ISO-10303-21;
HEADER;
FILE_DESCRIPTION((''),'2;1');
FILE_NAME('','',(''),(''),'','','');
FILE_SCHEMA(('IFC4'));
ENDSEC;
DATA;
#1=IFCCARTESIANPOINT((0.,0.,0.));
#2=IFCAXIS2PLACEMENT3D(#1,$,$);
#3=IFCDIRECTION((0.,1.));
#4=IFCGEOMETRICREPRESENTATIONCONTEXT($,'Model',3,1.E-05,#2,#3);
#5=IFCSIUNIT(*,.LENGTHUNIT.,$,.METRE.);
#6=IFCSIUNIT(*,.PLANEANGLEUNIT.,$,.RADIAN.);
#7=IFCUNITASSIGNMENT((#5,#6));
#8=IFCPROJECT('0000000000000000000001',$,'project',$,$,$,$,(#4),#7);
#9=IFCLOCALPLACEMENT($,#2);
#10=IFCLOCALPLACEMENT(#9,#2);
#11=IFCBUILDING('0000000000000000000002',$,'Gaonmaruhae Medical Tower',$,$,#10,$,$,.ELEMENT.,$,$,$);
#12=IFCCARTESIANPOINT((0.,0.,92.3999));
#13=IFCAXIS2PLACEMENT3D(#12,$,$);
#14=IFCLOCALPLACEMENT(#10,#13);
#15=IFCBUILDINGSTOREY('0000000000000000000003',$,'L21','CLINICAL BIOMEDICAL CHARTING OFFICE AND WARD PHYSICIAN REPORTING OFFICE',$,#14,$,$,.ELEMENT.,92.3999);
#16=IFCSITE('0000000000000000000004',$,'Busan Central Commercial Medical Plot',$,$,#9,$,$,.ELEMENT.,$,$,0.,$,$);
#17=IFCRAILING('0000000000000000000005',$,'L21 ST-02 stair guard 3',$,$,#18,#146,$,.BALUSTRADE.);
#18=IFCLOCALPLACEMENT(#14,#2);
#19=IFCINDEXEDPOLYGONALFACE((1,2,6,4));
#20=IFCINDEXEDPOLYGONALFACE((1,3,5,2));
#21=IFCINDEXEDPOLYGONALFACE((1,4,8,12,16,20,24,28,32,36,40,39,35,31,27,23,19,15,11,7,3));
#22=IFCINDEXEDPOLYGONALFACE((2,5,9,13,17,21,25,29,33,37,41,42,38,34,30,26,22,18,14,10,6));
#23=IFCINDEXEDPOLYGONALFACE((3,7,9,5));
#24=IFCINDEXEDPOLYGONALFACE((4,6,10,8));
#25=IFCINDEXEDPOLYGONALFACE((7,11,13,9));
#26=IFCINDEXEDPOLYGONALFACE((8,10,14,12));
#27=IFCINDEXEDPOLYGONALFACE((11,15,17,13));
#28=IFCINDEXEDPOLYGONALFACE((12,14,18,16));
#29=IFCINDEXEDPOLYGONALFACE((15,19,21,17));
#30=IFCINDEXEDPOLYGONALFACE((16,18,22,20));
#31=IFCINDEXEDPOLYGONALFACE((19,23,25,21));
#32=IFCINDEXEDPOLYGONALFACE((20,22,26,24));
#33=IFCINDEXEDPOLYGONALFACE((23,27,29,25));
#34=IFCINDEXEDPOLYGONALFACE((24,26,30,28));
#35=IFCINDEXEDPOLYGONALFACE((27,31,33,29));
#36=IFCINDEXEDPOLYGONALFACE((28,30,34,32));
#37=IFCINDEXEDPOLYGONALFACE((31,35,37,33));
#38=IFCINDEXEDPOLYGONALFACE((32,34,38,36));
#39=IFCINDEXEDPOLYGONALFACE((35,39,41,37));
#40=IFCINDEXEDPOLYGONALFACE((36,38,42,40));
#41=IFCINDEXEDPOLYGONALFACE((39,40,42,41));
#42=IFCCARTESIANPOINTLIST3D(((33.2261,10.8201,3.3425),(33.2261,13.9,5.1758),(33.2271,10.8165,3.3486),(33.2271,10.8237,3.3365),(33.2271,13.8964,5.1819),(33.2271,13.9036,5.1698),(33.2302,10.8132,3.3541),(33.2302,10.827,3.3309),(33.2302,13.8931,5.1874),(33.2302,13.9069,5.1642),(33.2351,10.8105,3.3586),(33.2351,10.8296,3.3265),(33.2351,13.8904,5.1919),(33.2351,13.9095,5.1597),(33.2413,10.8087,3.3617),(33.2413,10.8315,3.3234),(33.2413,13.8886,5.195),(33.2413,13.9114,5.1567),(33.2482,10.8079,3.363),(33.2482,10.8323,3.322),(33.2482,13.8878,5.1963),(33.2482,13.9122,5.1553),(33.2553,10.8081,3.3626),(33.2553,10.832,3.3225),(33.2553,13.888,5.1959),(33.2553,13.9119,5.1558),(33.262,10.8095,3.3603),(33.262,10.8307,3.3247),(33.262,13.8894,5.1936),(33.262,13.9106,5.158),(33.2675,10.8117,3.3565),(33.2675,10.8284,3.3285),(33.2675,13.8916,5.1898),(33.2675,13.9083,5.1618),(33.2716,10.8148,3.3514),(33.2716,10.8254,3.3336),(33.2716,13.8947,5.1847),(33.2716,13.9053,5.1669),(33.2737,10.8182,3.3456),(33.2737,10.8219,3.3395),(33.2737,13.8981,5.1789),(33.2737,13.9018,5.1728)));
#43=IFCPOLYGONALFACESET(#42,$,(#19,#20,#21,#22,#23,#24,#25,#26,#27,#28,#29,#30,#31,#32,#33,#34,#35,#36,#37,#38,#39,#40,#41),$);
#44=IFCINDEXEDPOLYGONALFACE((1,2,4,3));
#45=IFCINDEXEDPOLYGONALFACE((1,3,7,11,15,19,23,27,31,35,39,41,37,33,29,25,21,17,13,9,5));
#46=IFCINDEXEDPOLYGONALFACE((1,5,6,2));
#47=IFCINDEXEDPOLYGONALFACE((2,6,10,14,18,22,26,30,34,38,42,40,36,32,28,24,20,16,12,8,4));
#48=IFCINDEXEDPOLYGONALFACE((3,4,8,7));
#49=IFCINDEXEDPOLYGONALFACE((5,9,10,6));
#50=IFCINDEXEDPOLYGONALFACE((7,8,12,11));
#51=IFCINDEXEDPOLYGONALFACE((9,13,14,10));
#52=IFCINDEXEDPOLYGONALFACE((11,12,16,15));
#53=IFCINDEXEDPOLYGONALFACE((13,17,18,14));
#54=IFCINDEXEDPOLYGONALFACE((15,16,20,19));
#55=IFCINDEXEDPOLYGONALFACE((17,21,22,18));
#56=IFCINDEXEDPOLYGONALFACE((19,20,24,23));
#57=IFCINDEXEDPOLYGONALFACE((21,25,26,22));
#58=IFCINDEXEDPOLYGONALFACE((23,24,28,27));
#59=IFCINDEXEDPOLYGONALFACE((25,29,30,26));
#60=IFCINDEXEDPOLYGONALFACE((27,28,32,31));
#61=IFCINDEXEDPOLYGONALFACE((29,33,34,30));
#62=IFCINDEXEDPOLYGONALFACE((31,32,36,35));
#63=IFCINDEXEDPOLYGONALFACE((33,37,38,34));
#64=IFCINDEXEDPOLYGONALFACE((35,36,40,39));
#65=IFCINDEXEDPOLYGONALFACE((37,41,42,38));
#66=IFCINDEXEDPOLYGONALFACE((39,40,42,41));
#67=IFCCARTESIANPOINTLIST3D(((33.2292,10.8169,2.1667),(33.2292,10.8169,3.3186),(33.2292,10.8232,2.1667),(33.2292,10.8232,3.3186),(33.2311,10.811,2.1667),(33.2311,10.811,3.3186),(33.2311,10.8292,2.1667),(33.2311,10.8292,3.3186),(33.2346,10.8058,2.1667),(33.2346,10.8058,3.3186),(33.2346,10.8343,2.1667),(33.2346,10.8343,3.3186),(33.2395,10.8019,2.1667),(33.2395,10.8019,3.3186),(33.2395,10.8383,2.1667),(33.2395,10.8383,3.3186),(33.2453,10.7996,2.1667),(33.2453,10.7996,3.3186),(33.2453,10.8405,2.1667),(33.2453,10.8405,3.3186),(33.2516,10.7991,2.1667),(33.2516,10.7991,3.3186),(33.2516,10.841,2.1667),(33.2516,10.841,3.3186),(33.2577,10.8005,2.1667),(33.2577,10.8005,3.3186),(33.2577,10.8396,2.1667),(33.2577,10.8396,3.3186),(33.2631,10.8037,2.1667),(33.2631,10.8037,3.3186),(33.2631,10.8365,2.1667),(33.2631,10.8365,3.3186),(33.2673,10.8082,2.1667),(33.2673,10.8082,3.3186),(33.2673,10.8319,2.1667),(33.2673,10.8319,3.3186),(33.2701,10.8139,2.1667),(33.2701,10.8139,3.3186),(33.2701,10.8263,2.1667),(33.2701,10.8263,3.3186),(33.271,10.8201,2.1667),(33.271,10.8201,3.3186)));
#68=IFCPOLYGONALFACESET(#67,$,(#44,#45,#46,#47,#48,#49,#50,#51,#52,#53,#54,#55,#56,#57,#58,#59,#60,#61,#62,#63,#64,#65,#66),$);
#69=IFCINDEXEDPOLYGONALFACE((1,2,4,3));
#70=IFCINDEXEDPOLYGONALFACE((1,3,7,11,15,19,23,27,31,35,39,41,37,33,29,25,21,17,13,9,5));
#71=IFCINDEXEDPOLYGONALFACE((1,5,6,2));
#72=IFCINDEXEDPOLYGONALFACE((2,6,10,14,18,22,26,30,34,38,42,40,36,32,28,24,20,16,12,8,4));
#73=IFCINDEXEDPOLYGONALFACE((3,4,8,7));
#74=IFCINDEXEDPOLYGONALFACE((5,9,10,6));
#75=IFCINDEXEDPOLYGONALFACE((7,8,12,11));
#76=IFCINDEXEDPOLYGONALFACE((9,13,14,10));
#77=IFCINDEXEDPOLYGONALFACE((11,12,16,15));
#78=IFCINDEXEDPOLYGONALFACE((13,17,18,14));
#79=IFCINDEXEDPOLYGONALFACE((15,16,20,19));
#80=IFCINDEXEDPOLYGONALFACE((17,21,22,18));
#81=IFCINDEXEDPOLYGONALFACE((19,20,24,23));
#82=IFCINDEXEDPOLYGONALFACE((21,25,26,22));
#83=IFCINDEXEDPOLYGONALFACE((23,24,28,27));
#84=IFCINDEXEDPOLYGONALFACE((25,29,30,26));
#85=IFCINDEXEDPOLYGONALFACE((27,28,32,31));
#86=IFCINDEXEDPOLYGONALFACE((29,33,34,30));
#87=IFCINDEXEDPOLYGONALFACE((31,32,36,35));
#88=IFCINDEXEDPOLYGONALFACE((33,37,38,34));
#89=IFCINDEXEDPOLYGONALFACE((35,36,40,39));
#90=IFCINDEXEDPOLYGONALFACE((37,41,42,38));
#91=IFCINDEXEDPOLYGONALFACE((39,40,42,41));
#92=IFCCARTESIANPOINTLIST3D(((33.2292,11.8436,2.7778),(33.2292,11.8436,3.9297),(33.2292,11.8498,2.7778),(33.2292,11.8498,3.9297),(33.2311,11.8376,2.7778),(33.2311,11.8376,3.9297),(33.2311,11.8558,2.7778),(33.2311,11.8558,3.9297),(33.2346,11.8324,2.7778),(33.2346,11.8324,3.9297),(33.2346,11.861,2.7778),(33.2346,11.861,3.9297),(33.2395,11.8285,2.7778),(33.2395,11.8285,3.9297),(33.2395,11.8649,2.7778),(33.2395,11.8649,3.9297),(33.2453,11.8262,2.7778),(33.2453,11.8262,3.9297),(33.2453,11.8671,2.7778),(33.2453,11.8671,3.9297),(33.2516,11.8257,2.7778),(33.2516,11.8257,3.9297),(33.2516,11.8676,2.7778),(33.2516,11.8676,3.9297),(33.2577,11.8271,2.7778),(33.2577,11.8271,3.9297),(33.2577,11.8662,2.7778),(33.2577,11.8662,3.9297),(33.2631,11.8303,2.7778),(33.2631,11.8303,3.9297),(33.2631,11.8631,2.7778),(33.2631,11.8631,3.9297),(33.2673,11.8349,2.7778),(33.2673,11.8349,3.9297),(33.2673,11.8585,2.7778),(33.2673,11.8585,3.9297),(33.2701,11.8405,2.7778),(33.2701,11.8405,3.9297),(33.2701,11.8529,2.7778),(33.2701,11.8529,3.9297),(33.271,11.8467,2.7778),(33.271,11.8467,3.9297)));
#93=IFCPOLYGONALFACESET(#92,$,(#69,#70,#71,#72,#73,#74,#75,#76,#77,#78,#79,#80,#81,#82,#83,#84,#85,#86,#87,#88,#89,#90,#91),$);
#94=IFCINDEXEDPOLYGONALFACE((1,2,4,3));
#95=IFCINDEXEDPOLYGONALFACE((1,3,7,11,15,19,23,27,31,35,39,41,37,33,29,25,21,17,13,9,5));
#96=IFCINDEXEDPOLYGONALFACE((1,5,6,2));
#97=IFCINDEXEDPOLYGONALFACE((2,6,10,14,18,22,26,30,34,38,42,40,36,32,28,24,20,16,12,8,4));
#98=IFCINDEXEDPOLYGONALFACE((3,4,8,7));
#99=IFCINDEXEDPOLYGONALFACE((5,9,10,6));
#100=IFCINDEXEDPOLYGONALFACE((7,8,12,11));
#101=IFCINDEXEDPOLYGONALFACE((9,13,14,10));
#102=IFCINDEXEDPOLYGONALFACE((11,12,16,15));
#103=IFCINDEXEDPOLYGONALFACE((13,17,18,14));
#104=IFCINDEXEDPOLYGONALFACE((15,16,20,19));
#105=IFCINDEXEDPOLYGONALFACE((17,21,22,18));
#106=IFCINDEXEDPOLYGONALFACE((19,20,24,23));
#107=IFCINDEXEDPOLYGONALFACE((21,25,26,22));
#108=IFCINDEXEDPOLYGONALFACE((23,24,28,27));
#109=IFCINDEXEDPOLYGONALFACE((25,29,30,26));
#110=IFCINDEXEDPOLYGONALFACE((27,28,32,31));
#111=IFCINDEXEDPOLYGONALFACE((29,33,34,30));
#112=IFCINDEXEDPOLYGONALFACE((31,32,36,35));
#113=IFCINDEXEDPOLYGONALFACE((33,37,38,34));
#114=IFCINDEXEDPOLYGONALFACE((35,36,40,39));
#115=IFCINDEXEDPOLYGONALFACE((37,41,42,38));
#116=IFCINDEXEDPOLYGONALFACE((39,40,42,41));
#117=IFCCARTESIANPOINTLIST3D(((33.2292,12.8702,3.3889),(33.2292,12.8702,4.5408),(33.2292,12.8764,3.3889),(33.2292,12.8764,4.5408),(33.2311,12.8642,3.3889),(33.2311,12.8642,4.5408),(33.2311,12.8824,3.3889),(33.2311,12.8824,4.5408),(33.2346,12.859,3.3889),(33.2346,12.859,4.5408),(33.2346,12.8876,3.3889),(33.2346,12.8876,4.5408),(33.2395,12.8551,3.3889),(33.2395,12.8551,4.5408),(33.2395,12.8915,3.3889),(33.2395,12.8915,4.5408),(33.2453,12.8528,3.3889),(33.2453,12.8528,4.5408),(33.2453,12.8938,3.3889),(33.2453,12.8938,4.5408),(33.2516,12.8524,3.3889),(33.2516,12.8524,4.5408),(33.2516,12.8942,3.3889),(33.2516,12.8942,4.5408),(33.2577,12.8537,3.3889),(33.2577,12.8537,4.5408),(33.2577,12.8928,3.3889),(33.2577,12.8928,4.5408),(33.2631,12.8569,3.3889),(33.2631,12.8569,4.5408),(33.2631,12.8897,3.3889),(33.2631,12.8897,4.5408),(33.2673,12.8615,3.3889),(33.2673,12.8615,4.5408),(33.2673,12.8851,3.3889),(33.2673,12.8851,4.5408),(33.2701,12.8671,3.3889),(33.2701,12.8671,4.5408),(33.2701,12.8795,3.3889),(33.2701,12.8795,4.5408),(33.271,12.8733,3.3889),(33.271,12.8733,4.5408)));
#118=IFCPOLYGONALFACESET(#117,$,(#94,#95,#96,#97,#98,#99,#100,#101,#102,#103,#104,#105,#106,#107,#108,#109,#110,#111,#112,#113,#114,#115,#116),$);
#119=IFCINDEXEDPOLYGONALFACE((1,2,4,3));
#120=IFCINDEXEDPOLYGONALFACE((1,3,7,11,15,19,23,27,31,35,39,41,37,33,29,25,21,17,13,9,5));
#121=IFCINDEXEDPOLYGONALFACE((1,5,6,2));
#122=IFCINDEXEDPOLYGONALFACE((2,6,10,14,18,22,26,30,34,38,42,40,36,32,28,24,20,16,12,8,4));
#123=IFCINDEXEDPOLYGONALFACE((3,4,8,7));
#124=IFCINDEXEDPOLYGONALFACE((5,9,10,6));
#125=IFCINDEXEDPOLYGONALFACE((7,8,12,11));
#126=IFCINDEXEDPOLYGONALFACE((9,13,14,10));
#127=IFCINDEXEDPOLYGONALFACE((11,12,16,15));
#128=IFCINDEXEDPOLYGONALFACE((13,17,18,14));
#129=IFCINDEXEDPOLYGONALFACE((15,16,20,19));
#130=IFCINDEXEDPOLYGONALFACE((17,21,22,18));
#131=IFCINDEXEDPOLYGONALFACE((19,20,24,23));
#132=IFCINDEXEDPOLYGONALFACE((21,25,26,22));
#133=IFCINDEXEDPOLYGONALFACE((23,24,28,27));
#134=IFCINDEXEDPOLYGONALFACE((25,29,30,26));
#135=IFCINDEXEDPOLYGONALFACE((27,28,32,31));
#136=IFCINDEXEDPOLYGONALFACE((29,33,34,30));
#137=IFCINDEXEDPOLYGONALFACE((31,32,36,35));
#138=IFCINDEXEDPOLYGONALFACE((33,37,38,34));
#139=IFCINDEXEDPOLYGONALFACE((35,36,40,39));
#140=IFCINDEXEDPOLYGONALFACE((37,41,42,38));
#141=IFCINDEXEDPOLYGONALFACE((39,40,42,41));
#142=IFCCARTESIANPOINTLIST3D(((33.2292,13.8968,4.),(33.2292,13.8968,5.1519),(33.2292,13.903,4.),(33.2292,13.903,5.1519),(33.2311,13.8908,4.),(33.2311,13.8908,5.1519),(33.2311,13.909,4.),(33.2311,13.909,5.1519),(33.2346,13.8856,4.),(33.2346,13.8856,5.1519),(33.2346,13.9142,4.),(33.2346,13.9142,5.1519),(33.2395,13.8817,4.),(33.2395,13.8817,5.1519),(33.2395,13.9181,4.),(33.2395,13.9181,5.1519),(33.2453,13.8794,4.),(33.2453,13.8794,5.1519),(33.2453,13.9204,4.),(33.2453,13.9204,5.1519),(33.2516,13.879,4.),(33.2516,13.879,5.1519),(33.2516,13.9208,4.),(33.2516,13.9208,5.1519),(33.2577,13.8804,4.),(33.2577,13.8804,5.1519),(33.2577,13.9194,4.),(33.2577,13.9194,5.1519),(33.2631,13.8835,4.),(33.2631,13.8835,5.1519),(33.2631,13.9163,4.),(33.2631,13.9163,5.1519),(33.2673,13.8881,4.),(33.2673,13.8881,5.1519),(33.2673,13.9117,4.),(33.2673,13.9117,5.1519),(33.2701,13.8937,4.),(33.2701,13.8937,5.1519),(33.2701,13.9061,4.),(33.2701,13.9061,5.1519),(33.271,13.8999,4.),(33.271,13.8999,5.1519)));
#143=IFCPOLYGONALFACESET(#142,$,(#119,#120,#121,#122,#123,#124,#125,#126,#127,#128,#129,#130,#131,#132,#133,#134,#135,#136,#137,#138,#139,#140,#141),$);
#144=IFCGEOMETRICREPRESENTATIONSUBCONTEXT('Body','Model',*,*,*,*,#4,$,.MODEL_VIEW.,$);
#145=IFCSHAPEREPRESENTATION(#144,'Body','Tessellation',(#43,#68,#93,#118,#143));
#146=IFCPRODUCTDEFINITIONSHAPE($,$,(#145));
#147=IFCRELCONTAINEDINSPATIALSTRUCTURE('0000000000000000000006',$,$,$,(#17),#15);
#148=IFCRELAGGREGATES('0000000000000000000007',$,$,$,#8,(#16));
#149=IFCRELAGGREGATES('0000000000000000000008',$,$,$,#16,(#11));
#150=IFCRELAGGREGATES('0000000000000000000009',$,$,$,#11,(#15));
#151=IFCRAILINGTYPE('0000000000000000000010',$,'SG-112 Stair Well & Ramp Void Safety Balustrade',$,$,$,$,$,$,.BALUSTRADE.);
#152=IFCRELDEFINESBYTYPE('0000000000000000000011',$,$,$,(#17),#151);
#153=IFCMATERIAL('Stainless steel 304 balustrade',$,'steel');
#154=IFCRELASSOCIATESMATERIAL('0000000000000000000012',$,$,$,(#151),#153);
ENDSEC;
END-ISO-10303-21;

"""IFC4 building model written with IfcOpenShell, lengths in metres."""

from ifc_helpers import new_model, si_unit, direction, frame, origin, origin_2d, place, context, subcontext, project, spatial, circle, extrude, material, type_object, element, save


model = new_model("IFC4")

# Units and contexts
model_context = context("Model", 3, precision=1e-05, world=origin(), true_north=direction((0.0, 1.0)))
body_context = subcontext(model_context, "Body", "Model", "MODEL_VIEW")
ifc_project = project(units=[si_unit("LENGTHUNIT", "METRE"), si_unit("PLANEANGLEUNIT", "RADIAN")], contexts=[model_context])

# Site, building, storey
site_placement = place(None, origin())
site = spatial("IfcSite", under=ifc_project, at=site_placement, Name="Busan Central Commercial Medical Plot", CompositionType="ELEMENT", RefElevation=0.0)
building_placement = place(site_placement, origin())
building = spatial("IfcBuilding", under=site, at=building_placement, Name="Gaonmaruhae Medical Tower", CompositionType="ELEMENT")
storey_placement = place(building_placement, frame((0.0, 0.0, 92.3999)))
storey = spatial("IfcBuildingStorey", under=building, at=storey_placement, Name="L21", Description="CLINICAL BIOMEDICAL CHARTING OFFICE AND WARD PHYSICIAN REPORTING OFFICE", CompositionType="ELEMENT", Elevation=92.3999)

# Railing
ifc_material_1 = material(Name="Stainless steel 304 balustrade", Category="steel")
railing_type_1 = type_object("IfcRailingType", Name="SG-112 Stair Well & Ramp Void Safety Balustrade", PredefinedType="BALUSTRADE", material=ifc_material_1)
railing_1_placement = place(storey_placement, frame((33.25, 10.8201, 2.1667)))
element("IfcRailing", 1, at=railing_1_placement, inside=storey, type_object=railing_type_1, Name="L21 ST-02 stair guard 3", PredefinedType="BALUSTRADE", context=body_context, shape_type="SweptSolid", body=[
    extrude(circle(Radius=0.0239, at=origin_2d()), frame((0.0, 0.0, 1.1758), z_axis=(0.0, 0.859291, 0.511487), x_axis=(-1.0, 0.0, 0.0)), (0.0, 0.0, 1.0), 3.5842),
    extrude(circle(Radius=0.021, at=origin_2d()), origin(), (0.0, 0.0, 1.0), 1.1519),
    extrude(circle(Radius=0.021, at=origin_2d()), frame((0.0, 1.0266, 0.6111)), (0.0, 0.0, 1.0), 1.1519),
    extrude(circle(Radius=0.021, at=origin_2d()), frame((0.0, 2.0532, 1.2222)), (0.0, 0.0, 1.0), 1.1519),
    extrude(circle(Radius=0.021, at=origin_2d()), frame((0.0, 3.0798, 1.8333)), (0.0, 0.0, 1.0), 1.1519),
])

save(model, "model.ifc")
